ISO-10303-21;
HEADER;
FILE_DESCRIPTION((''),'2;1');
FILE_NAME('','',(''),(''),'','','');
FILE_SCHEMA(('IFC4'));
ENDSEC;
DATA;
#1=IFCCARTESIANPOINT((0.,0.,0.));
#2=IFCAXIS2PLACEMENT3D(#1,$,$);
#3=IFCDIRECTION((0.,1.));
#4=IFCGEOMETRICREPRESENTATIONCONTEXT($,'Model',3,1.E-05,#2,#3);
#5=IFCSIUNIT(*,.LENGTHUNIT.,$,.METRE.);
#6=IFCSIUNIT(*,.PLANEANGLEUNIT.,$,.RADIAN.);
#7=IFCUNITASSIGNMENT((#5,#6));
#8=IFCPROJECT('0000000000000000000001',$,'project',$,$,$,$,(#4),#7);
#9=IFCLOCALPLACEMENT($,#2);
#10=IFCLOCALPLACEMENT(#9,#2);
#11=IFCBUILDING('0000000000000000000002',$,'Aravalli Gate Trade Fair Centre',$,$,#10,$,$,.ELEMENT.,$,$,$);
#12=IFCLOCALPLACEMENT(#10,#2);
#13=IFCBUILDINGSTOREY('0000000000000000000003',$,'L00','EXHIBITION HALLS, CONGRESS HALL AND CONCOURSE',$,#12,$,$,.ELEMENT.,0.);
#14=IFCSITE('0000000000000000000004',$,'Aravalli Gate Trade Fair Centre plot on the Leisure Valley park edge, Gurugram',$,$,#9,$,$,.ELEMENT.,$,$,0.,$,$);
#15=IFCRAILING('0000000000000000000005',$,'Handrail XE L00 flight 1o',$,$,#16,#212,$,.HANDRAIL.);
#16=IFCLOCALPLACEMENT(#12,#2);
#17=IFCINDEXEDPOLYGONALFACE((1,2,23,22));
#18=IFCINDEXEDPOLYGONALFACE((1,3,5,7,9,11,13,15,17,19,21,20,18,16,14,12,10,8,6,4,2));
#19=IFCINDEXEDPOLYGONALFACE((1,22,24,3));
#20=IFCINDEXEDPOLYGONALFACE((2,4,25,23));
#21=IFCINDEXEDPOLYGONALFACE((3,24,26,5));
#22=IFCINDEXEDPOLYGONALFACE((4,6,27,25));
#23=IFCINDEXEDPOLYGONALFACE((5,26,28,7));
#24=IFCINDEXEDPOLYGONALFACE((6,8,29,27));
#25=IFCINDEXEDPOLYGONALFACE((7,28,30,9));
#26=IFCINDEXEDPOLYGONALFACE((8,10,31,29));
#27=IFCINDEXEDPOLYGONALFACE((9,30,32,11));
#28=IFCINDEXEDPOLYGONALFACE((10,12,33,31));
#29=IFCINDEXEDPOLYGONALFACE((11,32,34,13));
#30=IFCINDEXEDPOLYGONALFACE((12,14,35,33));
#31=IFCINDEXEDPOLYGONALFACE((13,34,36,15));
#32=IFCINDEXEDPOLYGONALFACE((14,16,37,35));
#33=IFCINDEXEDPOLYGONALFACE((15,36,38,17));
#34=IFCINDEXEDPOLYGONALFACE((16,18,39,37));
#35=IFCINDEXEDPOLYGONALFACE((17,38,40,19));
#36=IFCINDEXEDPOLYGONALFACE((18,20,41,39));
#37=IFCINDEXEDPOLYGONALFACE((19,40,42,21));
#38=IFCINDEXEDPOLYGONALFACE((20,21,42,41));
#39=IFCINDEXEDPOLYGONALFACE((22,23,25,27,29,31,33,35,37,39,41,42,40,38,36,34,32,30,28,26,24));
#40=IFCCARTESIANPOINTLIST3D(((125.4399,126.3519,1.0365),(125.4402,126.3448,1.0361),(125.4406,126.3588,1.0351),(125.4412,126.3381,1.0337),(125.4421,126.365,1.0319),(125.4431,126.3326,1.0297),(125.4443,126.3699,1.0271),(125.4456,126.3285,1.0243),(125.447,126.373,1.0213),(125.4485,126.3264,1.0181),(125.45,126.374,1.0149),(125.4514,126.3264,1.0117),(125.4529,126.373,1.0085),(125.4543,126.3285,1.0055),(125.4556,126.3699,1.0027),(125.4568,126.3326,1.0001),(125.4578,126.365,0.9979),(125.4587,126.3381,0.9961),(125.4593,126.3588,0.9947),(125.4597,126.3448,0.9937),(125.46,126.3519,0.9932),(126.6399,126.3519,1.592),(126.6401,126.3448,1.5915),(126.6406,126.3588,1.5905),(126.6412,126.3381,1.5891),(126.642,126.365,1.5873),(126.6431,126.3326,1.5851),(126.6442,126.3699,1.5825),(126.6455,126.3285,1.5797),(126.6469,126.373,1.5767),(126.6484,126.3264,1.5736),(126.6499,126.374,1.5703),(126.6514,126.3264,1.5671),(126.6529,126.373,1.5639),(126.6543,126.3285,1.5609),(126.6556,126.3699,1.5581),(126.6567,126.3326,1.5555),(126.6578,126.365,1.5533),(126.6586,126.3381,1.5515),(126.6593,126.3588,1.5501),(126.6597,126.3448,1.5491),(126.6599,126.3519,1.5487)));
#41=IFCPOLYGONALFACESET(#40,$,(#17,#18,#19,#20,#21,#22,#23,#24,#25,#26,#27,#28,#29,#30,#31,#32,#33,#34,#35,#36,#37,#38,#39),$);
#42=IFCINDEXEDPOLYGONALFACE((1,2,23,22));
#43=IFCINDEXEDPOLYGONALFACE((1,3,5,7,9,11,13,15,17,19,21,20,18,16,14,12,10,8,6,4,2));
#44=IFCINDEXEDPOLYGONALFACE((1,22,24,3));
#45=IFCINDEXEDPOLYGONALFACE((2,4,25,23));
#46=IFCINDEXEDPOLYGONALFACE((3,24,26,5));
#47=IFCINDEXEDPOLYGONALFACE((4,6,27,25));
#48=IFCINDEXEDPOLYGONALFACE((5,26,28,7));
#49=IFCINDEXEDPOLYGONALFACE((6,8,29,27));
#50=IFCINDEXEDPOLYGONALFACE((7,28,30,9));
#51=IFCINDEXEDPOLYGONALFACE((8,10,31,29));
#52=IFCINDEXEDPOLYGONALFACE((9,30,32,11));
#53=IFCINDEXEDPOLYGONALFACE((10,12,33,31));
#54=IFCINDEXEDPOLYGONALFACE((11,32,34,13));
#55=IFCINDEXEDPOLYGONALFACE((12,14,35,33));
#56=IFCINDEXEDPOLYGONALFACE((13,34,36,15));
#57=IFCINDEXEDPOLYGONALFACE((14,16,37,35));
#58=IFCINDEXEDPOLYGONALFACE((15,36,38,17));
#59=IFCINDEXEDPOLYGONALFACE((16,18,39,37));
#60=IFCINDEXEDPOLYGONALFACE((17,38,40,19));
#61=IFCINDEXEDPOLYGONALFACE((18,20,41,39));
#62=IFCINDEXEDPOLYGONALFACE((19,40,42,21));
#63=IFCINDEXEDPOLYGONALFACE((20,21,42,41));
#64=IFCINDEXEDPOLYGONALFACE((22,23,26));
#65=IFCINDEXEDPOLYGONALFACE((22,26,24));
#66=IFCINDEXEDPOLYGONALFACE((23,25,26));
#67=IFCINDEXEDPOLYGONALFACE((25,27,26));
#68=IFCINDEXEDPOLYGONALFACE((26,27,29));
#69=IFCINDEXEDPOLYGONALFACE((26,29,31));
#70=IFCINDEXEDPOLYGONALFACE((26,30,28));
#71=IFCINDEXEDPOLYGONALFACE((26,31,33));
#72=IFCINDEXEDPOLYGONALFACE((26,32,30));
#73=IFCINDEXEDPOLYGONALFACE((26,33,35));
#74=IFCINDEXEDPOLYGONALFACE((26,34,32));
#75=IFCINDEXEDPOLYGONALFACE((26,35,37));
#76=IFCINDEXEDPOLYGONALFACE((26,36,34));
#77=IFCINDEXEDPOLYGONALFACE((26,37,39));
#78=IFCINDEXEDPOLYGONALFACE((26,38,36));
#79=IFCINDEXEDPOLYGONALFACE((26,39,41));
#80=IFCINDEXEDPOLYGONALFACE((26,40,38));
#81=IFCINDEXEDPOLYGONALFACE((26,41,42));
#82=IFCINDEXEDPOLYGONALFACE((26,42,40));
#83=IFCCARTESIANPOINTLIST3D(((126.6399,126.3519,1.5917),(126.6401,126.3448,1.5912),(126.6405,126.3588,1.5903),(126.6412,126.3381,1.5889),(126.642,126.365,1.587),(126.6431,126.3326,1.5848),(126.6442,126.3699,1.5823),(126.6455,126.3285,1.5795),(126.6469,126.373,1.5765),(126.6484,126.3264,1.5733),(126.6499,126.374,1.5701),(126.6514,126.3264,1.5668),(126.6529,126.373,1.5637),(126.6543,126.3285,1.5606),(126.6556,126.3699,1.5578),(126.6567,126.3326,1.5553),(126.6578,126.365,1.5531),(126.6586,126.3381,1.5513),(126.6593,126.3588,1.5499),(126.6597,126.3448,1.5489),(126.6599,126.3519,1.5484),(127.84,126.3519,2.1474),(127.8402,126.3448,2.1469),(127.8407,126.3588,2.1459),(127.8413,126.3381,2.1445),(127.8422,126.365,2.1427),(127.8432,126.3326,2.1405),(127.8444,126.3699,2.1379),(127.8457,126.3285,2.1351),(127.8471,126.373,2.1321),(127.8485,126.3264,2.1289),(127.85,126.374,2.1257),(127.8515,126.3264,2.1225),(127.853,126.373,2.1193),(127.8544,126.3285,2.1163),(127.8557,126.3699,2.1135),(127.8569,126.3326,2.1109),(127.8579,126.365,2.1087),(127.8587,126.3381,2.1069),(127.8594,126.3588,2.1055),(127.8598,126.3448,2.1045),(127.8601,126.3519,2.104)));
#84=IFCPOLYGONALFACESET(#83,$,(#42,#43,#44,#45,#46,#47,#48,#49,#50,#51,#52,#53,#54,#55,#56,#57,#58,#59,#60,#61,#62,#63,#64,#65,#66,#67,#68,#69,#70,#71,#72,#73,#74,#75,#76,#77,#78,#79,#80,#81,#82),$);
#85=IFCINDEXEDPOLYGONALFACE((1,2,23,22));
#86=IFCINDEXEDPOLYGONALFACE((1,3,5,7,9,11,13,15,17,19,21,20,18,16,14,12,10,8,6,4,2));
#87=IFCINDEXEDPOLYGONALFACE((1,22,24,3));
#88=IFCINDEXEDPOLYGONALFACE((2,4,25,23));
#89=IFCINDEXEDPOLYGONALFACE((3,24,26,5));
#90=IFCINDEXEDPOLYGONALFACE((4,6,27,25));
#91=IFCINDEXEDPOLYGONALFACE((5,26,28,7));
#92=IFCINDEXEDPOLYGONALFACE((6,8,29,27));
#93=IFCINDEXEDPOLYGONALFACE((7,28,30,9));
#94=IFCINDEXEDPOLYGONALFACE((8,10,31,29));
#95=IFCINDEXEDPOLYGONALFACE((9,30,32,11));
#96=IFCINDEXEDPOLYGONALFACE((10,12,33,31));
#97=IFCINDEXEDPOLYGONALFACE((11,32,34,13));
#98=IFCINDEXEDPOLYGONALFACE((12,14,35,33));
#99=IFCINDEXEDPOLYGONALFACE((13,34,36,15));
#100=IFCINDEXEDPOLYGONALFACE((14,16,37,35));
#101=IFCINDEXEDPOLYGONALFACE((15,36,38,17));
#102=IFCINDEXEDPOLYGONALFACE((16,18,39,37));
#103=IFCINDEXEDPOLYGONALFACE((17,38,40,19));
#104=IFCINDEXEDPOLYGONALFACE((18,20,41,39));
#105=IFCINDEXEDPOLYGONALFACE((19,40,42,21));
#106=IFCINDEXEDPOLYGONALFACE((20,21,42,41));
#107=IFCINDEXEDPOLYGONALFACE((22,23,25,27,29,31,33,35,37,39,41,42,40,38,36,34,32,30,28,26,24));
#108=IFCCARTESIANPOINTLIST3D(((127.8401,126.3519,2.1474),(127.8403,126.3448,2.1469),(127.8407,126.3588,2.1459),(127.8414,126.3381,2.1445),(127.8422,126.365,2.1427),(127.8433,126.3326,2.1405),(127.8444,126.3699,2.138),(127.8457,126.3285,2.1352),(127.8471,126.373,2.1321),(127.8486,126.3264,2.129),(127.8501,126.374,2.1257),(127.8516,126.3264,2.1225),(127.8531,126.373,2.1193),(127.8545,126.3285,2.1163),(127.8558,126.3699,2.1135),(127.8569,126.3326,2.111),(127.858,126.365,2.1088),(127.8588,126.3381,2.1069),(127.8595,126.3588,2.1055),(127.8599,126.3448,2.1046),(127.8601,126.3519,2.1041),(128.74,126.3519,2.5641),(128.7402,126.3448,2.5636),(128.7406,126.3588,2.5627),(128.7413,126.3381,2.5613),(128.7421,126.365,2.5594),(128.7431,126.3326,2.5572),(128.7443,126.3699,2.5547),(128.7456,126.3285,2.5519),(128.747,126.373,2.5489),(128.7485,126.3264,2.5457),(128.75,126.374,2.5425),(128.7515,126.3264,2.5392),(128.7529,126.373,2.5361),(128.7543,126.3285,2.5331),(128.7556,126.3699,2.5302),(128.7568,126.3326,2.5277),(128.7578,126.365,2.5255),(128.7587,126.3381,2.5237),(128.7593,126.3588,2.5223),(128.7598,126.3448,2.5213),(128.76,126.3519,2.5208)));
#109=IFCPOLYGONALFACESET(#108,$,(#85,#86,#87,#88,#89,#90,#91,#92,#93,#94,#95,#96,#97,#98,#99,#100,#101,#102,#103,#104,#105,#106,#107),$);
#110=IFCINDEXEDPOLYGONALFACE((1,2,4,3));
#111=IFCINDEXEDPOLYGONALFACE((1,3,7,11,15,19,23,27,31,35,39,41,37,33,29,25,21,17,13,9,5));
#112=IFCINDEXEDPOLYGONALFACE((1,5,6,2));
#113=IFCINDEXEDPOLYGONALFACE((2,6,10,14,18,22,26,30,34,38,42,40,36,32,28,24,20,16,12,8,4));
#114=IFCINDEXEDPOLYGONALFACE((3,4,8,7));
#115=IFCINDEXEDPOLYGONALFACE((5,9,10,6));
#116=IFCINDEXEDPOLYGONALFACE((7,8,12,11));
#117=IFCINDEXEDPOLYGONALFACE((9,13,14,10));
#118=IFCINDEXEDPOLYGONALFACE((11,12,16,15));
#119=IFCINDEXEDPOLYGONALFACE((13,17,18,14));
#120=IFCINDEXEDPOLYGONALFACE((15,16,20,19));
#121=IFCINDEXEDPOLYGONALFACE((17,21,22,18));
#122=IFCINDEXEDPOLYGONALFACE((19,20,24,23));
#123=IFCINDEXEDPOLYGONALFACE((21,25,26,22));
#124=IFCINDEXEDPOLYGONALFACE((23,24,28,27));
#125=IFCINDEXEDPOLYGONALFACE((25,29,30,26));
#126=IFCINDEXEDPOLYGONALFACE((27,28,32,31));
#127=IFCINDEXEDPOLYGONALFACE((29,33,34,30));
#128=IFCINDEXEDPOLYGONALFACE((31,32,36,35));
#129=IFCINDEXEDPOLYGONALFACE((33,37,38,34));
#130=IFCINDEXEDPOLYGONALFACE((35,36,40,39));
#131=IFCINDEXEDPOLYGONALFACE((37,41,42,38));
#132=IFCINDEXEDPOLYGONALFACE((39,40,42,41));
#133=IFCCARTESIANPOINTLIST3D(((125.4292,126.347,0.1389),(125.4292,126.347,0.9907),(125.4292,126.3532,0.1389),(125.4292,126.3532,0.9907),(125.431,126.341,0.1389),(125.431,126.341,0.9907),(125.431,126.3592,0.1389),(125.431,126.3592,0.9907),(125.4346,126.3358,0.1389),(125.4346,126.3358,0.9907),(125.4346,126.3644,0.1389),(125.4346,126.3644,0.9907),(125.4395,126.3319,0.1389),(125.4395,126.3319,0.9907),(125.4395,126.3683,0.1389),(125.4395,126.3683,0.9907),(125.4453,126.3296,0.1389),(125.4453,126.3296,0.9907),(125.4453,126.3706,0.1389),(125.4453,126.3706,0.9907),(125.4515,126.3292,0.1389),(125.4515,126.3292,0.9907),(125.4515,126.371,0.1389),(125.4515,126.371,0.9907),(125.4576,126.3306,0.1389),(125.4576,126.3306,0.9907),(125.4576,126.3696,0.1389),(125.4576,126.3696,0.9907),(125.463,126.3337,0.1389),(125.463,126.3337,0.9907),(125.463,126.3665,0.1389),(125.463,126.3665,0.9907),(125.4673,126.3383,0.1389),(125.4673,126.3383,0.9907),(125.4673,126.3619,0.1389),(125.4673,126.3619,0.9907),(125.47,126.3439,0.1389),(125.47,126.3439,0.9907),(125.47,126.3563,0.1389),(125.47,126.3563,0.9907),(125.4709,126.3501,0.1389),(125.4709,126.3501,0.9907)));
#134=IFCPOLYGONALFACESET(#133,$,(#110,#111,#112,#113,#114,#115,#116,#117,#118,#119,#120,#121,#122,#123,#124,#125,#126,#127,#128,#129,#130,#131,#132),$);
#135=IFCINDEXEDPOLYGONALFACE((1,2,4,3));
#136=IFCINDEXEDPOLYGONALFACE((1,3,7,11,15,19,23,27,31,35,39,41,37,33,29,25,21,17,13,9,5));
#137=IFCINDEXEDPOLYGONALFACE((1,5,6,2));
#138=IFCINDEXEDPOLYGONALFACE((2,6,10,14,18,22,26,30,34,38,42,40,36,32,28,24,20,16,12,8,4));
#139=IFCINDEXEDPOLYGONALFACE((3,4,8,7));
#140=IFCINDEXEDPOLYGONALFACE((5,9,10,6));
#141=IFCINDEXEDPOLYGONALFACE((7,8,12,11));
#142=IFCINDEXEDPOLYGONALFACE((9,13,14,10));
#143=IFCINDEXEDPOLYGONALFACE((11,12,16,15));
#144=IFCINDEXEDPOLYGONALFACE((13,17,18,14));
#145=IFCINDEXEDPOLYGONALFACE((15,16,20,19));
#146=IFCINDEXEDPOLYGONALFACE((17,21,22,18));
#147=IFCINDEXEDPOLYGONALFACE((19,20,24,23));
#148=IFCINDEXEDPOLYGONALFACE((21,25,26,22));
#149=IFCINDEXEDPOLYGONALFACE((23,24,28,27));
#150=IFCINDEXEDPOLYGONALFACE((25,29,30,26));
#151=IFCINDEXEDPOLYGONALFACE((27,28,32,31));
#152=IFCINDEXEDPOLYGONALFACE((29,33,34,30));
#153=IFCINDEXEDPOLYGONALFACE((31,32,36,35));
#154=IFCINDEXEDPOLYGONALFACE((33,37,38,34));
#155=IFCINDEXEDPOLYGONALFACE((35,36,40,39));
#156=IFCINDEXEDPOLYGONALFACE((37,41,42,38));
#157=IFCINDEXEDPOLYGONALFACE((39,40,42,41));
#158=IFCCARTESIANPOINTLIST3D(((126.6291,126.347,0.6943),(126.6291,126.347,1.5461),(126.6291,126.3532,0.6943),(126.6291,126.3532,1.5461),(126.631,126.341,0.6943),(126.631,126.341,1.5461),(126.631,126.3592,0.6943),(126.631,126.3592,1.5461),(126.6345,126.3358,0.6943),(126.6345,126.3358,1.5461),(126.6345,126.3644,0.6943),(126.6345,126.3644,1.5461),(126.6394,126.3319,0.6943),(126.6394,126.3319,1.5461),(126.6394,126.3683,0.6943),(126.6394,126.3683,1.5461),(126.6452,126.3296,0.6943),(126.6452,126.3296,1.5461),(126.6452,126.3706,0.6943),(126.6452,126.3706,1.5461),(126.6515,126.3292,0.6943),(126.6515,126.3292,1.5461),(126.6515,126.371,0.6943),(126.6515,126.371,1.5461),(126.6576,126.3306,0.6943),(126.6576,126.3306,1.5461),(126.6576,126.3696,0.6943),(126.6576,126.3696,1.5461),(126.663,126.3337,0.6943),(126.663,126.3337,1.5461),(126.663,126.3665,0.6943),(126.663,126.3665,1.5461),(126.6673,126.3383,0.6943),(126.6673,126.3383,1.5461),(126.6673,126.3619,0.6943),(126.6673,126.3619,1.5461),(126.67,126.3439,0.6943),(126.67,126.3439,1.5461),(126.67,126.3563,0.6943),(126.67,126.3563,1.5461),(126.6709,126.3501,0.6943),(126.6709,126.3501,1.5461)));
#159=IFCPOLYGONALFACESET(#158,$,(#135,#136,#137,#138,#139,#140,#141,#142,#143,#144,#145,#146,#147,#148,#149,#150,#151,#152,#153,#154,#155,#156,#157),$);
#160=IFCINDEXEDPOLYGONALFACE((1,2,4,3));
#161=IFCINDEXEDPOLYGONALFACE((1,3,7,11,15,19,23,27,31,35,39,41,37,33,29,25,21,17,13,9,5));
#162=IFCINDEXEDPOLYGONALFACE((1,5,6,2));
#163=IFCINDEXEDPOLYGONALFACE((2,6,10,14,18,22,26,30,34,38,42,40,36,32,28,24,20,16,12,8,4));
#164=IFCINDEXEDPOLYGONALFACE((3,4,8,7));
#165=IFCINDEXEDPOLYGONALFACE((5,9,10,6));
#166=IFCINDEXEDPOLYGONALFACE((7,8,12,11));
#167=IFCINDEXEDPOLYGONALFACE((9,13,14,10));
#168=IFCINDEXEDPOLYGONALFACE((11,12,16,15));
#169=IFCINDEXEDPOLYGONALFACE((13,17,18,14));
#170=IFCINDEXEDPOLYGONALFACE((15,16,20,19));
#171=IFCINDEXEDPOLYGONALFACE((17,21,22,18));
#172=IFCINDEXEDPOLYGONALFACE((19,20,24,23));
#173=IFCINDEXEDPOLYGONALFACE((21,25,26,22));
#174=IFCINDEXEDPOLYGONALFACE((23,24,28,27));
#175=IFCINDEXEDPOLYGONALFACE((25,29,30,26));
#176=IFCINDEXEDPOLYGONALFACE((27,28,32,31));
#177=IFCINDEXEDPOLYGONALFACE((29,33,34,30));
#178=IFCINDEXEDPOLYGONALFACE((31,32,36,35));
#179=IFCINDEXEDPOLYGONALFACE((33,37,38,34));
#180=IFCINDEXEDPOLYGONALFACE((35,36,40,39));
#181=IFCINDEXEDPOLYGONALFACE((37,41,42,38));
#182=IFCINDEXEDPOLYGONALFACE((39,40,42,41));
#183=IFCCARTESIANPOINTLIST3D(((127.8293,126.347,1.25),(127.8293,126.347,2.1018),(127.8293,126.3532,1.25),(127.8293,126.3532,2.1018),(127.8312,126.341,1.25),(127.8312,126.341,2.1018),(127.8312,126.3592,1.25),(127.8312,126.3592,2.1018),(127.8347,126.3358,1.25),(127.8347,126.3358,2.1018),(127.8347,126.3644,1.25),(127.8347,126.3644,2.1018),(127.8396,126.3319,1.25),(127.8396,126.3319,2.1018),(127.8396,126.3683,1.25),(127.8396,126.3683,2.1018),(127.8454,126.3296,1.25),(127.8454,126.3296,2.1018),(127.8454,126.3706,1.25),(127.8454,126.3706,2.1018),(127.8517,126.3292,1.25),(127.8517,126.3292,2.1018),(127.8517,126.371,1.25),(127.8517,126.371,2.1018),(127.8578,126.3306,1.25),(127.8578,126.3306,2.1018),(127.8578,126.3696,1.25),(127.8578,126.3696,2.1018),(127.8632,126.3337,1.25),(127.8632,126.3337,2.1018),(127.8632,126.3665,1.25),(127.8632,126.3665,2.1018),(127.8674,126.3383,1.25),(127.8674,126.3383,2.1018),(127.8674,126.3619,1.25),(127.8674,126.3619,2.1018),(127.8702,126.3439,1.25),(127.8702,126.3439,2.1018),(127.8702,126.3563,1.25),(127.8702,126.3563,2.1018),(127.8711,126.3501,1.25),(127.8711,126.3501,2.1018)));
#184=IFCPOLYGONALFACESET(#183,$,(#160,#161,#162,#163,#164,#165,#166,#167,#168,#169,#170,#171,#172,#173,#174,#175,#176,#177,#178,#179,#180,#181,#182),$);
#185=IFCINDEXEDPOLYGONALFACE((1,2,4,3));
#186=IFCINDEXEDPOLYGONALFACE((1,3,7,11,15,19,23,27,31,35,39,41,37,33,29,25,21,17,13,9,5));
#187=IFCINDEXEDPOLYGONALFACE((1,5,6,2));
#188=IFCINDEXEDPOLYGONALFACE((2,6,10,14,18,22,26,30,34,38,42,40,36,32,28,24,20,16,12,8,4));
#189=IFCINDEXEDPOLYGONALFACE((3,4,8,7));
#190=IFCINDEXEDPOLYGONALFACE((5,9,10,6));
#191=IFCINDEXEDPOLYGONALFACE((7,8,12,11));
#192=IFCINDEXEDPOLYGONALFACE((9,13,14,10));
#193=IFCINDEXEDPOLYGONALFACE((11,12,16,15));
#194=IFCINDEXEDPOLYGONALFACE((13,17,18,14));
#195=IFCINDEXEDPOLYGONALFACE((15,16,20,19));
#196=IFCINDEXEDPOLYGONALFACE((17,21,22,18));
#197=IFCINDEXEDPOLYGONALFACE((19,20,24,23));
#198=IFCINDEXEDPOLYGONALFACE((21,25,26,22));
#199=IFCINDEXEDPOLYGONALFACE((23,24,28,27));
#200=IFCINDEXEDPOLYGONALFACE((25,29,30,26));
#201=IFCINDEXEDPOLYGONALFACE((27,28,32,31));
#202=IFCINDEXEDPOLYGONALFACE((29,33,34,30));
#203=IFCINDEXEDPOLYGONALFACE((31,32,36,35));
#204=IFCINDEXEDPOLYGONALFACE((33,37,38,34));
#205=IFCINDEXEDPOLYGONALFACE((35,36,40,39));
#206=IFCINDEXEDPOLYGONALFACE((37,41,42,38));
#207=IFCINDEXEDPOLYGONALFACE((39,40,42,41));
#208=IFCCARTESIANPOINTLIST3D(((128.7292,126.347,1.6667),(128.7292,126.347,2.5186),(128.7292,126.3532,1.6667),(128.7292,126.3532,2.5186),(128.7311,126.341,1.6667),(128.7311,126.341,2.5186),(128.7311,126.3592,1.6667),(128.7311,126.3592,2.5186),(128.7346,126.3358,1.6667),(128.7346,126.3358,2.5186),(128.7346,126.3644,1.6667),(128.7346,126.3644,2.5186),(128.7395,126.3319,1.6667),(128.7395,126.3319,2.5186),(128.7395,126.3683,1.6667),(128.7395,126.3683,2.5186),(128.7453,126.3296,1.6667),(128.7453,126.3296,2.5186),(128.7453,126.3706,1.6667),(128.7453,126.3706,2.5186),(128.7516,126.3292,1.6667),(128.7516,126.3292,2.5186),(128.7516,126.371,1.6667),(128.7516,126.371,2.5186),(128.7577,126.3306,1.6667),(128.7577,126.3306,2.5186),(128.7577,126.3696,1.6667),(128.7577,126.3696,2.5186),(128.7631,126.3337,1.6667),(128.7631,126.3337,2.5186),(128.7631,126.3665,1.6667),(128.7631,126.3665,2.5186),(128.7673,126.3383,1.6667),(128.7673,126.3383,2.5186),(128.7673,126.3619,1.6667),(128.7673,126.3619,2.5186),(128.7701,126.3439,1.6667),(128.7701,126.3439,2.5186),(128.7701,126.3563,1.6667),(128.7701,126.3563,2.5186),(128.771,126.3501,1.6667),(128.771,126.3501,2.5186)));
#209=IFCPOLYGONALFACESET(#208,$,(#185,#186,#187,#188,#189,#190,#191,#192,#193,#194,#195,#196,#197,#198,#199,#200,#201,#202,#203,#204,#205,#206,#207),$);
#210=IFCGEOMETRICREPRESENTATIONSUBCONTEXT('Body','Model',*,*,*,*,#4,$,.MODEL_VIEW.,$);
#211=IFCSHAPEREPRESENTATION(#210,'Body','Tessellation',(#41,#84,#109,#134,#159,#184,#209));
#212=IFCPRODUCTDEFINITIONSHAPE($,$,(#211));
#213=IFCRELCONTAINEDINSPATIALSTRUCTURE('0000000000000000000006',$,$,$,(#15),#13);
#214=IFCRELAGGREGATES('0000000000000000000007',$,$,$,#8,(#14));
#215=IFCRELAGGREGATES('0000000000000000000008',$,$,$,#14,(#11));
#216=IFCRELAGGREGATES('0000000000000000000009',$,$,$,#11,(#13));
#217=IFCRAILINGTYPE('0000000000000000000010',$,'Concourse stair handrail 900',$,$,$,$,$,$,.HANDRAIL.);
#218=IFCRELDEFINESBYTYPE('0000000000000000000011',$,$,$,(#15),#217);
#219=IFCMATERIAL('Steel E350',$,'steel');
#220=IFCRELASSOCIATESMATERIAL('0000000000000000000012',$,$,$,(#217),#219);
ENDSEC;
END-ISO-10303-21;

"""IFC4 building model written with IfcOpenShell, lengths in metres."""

from ifc_helpers import new_model, si_unit, direction, frame, origin, origin_2d, place, context, subcontext, project, spatial, circle, extrude, material, type_object, element, save


model = new_model("IFC4")

# Units and contexts
model_context = context("Model", 3, precision=1e-05, world=origin(), true_north=direction((0.0, 1.0)))
body_context = subcontext(model_context, "Body", "Model", "MODEL_VIEW")
ifc_project = project(units=[si_unit("LENGTHUNIT", "METRE"), si_unit("PLANEANGLEUNIT", "RADIAN")], contexts=[model_context])

# Site, building, storey
site_placement = place(None, origin())
site = spatial("IfcSite", under=ifc_project, at=site_placement, Name="Aravalli Gate Trade Fair Centre plot on the Leisure Valley park edge, Gurugram", CompositionType="ELEMENT", RefElevation=0.0)
building_placement = place(site_placement, origin())
building = spatial("IfcBuilding", under=site, at=building_placement, Name="Aravalli Gate Trade Fair Centre", CompositionType="ELEMENT")
storey_placement = place(building_placement, origin())
storey = spatial("IfcBuildingStorey", under=building, at=storey_placement, Name="L00", Description="EXHIBITION HALLS, CONGRESS HALL AND CONCOURSE", CompositionType="ELEMENT", Elevation=0.0)

# Shared definitions
ifc_material_1 = material(Name="Steel E350", Category="steel")

# Railing
railing_type = type_object("IfcRailingType", Name="Concourse stair handrail 900", PredefinedType="HANDRAIL", material=ifc_material_1)
for number, where, name in (
    (1, (125.45, 126.3501, 0.1389), "Handrail XE L00 flight 1o"),
):
    element("IfcRailing", number, at=place(storey_placement, frame(where)), inside=storey, type_object=railing_type, Name=name, PredefinedType="HANDRAIL", context=body_context, shape_type="SweptSolid", body=[
        extrude(circle(Radius=0.0239, at=origin_2d()), frame((0.0, 0.0, 0.876), z_axis=(0.907499, 0.0, 0.420053), x_axis=(0.0, 1.0, 0.0)), (0.0, 0.0, 1.0), 1.3223),
        extrude(circle(Radius=0.0239, at=origin_2d()), frame((1.2, 0.0, 1.4312), z_axis=(0.907462, 0.0, 0.420135), x_axis=(0.0, 1.0, 0.0)), (0.0, 0.0, 1.0), 1.3225),
        extrude(circle(Radius=0.0239, at=origin_2d()), frame((2.4001, 0.0, 1.9868), z_axis=(0.907418, 0.0, 0.420229), x_axis=(0.0, 1.0, 0.0)), (0.0, 0.0, 1.0), 0.9917),
        extrude(circle(Radius=0.021, at=origin_2d()), origin(), (0.0, 0.0, 1.0), 0.8518),
        extrude(circle(Radius=0.021, at=origin_2d()), frame((1.2, 0.0, 0.5554)), (0.0, 0.0, 1.0), 0.8518),
        extrude(circle(Radius=0.021, at=origin_2d()), frame((2.4001, 0.0, 1.1111)), (0.0, 0.0, 1.0), 0.8518),
        extrude(circle(Radius=0.021, at=origin_2d()), frame((3.3, 0.0, 1.5278)), (0.0, 0.0, 1.0), 0.8518),
    ])

save(model, "model.ifc")
